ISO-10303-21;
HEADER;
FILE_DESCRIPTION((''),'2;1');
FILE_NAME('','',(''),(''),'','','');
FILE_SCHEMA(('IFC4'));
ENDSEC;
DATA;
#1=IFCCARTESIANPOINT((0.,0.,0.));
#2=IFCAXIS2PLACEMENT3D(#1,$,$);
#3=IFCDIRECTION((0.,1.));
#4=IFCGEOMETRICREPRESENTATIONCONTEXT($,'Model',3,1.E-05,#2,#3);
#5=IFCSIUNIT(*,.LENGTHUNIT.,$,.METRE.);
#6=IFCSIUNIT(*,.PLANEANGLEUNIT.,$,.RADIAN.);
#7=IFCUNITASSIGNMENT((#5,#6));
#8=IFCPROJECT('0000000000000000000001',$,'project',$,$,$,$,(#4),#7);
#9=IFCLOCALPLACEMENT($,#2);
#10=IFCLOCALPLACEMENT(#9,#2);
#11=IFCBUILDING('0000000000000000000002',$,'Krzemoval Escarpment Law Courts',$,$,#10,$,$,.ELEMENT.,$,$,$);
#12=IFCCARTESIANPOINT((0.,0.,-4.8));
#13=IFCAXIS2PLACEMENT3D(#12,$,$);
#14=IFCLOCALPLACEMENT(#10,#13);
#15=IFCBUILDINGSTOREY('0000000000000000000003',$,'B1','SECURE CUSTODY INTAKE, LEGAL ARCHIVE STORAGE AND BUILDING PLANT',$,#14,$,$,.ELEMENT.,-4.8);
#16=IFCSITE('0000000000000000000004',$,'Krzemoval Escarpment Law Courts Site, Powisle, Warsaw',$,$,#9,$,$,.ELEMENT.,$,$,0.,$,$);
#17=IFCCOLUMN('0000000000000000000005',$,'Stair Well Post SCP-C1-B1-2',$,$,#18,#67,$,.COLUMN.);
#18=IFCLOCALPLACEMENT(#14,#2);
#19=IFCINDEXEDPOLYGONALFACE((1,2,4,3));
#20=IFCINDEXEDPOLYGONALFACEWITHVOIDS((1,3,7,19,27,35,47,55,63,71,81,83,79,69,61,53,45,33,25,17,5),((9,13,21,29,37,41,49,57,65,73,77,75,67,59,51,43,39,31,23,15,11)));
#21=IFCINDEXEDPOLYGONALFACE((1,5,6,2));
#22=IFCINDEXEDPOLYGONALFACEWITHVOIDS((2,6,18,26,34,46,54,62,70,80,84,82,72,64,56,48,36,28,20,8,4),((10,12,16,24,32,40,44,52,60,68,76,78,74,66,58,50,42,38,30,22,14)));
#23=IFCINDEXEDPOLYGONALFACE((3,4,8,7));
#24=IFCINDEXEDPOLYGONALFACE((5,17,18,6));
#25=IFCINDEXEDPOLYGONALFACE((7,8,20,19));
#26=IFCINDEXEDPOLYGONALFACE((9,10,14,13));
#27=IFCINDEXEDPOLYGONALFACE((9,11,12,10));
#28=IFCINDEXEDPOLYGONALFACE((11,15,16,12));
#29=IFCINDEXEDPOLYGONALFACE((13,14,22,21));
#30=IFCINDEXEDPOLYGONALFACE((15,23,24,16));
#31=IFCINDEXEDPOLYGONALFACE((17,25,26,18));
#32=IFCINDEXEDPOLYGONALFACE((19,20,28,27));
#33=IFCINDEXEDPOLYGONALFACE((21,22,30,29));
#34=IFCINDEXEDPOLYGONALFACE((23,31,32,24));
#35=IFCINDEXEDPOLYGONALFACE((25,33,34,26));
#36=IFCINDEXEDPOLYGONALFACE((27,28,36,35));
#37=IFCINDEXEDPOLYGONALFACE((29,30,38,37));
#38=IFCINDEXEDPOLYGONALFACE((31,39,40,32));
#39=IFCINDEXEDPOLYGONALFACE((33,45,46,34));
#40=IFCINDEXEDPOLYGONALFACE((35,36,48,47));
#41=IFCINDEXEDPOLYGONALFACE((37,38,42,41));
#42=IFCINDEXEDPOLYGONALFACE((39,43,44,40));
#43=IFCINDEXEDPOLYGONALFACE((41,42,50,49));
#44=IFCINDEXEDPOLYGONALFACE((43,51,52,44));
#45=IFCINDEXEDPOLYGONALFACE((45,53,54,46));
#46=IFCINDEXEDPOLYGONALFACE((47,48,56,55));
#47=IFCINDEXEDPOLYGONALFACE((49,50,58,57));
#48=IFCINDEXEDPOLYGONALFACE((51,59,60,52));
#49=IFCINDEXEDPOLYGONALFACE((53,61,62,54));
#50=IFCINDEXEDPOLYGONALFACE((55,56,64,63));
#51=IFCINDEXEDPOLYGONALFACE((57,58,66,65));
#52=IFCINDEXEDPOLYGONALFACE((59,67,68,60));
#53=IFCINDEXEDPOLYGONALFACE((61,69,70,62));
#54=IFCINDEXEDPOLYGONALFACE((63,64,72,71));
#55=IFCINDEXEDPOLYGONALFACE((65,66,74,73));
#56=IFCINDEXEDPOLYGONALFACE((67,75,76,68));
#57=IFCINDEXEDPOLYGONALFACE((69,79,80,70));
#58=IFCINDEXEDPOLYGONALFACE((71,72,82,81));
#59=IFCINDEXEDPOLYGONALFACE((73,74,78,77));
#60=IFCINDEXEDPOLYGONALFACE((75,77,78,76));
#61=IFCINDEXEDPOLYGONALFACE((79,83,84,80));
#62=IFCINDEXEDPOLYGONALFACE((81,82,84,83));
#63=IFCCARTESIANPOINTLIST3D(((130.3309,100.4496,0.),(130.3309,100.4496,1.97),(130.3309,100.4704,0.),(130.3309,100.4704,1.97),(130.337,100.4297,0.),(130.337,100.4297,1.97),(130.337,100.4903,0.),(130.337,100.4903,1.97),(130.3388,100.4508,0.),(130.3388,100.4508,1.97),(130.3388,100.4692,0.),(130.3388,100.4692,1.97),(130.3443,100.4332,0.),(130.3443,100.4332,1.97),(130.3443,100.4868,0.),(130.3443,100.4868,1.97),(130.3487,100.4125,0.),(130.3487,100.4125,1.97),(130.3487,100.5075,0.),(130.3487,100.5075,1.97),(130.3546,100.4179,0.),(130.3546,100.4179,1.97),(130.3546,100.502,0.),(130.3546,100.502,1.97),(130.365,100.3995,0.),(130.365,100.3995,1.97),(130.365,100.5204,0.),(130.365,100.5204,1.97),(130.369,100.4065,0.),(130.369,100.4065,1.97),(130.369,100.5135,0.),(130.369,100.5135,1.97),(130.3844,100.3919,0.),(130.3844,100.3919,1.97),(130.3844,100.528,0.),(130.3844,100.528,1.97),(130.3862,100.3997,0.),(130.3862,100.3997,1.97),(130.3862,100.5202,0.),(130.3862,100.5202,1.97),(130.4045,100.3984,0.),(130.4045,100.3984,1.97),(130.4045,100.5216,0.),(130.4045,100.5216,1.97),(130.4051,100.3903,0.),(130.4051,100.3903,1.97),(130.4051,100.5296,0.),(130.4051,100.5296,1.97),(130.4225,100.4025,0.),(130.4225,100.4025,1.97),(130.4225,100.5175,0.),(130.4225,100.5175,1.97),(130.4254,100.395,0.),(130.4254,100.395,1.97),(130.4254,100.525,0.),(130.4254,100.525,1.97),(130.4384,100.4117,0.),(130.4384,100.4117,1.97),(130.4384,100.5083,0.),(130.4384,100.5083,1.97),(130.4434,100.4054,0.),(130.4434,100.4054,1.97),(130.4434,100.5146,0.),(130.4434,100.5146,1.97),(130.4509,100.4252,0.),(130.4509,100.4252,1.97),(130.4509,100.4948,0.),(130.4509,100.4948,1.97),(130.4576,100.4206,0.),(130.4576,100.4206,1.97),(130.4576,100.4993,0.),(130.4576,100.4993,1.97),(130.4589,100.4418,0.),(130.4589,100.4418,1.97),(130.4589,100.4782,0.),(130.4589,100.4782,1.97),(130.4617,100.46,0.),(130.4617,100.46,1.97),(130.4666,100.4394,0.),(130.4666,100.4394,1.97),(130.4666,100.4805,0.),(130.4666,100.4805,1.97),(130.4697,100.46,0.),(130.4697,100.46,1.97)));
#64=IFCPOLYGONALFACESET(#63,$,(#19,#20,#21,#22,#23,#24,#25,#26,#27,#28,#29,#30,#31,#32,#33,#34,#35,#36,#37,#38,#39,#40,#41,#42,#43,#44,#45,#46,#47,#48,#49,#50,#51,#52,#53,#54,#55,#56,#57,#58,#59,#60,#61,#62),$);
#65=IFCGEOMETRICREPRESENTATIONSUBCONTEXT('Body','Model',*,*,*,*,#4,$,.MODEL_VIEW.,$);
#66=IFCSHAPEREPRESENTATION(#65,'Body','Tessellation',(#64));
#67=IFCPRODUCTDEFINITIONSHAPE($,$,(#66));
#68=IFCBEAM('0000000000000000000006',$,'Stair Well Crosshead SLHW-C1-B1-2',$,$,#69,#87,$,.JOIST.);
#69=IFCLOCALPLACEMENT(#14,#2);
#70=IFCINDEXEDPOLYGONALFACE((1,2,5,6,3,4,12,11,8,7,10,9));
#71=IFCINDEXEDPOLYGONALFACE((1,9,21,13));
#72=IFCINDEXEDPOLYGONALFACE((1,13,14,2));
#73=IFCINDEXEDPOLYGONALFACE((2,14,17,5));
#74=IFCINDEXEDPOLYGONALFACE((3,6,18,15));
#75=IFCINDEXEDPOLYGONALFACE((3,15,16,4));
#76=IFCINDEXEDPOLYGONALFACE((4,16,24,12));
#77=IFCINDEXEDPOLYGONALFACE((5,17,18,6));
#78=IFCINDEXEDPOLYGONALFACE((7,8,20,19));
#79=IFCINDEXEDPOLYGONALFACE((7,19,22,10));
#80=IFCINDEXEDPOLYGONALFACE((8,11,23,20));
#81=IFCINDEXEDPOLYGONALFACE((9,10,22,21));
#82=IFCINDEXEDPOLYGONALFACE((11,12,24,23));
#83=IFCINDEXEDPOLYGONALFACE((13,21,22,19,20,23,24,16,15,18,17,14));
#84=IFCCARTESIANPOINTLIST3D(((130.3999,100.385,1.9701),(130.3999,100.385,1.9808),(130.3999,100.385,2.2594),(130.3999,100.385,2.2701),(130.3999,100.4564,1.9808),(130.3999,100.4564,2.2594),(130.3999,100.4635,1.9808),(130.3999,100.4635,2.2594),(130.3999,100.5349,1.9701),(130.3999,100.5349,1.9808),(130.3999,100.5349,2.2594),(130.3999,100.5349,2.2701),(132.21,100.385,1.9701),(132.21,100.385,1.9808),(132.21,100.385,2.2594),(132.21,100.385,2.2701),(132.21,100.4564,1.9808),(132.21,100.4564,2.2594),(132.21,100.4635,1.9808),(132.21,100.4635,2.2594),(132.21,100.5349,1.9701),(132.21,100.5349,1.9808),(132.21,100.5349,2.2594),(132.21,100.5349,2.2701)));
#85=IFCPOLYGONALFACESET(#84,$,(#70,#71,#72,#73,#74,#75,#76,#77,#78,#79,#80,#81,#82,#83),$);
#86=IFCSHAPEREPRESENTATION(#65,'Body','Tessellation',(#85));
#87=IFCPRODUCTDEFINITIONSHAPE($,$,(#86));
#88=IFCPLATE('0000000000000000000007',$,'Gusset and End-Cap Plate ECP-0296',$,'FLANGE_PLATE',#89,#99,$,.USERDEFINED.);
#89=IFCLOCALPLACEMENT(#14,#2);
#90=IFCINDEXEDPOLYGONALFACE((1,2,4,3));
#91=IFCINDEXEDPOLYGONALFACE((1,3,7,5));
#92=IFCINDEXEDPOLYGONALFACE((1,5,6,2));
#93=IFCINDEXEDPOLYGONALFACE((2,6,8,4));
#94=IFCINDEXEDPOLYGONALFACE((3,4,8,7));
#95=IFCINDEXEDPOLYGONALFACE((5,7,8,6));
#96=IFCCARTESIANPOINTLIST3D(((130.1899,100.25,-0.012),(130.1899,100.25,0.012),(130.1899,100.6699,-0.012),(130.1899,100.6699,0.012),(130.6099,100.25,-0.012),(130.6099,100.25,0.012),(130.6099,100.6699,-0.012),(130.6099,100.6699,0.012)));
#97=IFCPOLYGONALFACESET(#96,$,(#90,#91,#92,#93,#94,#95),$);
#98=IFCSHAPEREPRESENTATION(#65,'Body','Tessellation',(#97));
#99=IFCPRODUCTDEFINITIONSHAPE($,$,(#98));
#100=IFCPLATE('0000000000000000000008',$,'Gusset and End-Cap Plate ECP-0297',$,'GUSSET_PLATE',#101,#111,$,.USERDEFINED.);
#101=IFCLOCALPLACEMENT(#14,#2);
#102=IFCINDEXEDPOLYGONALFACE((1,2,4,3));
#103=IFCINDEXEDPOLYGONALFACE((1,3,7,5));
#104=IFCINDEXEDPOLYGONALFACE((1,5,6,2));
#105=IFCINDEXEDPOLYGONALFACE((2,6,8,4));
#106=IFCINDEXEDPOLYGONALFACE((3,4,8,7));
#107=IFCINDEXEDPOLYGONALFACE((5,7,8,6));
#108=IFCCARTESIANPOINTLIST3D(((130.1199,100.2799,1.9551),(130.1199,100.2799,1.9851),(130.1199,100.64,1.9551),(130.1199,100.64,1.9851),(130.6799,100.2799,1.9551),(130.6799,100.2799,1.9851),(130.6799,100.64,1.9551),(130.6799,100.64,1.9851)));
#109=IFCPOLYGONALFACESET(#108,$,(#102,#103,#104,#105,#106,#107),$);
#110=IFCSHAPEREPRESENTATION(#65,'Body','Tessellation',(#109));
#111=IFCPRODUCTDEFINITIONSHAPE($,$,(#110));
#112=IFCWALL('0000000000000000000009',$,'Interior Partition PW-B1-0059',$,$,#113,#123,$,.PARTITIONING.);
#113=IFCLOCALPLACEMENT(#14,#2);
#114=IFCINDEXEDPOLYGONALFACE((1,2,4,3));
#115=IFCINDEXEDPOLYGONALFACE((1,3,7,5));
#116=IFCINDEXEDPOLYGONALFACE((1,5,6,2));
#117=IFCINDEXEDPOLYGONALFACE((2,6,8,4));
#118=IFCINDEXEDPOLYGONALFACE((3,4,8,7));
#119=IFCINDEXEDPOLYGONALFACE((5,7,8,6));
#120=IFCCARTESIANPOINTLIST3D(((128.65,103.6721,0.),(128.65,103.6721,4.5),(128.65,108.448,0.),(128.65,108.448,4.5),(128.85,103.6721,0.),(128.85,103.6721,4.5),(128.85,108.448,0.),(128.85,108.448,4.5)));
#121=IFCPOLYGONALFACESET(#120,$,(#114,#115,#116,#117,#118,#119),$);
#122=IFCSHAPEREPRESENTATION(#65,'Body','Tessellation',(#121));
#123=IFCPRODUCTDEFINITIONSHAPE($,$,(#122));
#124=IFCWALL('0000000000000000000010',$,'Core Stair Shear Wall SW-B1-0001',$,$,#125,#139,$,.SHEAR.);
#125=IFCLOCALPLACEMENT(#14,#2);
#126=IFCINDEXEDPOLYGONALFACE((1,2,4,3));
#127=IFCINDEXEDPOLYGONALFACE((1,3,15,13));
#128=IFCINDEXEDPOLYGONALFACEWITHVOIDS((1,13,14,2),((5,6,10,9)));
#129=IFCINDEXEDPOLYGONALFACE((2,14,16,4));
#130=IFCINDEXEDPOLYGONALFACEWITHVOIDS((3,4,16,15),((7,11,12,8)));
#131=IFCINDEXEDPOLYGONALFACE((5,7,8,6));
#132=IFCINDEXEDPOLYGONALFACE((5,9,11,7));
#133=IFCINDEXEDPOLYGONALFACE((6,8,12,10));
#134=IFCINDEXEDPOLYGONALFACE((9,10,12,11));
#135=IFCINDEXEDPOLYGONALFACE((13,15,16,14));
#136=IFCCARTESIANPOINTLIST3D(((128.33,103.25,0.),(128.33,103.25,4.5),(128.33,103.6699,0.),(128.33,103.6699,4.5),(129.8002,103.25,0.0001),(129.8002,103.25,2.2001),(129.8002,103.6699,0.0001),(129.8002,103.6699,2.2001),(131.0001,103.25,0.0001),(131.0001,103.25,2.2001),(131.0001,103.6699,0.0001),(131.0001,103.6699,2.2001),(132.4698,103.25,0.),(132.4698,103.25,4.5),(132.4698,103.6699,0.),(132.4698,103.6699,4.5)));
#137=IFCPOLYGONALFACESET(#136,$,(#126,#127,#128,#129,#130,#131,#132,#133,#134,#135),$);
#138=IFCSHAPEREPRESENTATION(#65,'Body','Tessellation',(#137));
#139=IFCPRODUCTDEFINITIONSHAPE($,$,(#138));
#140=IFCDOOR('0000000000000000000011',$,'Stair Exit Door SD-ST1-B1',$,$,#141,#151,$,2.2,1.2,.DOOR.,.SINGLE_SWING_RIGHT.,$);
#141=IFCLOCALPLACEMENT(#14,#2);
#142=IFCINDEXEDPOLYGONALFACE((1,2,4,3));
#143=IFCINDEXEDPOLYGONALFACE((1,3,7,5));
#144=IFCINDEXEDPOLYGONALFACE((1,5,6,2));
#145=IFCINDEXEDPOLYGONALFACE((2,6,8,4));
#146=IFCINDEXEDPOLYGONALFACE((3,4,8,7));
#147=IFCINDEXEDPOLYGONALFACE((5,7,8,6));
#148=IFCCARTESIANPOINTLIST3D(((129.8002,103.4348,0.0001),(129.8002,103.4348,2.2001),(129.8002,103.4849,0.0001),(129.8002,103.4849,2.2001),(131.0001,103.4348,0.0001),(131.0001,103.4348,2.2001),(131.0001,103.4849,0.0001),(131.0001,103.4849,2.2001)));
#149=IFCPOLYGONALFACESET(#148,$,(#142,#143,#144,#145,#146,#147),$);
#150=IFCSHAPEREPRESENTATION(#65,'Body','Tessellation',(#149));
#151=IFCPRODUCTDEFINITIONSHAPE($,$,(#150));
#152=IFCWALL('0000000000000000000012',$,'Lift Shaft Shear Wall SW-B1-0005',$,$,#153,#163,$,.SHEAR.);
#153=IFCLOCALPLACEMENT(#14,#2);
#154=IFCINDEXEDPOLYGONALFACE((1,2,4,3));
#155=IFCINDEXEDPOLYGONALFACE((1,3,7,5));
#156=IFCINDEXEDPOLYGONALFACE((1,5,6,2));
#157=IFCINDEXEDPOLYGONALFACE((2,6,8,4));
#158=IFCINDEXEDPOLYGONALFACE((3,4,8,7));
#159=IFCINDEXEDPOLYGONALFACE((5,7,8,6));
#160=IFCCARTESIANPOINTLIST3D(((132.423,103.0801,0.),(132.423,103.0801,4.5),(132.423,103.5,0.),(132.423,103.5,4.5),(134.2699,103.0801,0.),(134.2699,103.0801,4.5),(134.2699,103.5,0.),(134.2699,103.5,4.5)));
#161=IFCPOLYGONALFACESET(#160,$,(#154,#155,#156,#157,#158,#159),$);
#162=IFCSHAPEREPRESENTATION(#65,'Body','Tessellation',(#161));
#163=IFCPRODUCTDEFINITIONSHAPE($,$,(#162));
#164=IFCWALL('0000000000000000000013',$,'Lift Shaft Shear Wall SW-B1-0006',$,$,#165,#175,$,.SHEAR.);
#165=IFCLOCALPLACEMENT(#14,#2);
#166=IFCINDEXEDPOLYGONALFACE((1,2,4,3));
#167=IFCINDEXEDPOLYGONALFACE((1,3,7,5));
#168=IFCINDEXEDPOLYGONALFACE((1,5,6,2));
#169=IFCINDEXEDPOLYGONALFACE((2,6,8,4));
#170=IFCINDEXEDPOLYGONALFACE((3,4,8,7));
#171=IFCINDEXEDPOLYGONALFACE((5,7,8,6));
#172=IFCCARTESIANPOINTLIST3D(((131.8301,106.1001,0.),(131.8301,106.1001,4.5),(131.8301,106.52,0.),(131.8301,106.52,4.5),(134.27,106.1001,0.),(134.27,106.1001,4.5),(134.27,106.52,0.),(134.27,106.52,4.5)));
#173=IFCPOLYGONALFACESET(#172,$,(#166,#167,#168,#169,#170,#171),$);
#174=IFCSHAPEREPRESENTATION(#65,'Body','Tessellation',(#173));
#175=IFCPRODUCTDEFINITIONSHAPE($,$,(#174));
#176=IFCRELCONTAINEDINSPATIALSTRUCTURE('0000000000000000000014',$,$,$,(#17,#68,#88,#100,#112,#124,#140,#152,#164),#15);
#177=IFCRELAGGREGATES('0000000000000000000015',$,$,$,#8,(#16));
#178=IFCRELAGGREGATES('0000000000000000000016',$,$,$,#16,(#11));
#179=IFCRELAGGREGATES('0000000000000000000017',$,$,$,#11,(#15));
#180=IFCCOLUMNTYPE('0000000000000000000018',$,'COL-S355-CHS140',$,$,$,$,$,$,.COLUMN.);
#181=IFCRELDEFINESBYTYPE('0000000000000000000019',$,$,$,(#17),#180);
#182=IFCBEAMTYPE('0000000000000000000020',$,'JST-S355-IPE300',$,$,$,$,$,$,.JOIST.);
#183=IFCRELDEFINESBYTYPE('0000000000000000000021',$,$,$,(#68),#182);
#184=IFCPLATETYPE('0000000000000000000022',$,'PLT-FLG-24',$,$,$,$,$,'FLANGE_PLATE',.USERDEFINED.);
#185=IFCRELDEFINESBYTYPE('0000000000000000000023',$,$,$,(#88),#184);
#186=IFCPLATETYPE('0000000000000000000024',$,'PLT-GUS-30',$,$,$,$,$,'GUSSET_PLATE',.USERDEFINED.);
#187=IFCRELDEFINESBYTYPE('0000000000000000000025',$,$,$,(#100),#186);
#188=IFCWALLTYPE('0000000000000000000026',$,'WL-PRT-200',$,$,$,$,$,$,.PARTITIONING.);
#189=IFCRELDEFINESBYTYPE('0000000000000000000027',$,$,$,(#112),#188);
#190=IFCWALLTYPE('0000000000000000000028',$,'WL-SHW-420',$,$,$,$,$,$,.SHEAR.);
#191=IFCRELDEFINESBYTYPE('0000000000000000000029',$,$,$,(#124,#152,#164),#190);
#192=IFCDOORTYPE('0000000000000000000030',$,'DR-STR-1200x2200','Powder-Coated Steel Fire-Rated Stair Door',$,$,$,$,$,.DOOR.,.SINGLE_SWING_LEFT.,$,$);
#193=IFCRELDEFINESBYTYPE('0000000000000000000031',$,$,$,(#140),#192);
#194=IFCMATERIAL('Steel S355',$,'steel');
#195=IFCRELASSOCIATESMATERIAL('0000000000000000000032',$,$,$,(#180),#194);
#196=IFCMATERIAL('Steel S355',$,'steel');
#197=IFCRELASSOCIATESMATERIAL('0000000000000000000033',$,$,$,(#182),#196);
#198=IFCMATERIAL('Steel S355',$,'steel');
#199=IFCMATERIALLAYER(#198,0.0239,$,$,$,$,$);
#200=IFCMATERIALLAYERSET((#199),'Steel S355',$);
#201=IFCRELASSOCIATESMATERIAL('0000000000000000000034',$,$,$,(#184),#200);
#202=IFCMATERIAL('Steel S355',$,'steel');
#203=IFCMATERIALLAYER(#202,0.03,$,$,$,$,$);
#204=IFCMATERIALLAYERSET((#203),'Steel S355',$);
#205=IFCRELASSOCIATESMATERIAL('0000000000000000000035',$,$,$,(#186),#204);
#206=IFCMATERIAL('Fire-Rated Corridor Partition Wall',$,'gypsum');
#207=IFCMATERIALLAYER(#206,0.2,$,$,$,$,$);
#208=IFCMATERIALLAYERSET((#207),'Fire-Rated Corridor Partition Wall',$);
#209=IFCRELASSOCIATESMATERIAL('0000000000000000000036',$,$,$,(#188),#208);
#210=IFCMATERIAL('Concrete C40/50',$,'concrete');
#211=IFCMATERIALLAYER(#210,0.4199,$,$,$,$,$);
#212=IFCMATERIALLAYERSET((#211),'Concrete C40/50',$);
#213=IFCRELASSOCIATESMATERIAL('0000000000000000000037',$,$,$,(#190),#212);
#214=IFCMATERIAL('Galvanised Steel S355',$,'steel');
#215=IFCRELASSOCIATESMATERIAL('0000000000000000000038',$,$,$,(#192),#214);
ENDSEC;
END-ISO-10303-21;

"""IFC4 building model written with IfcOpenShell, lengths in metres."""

from ifc_helpers import new_model, si_unit, direction, frame, frame_2d, origin, origin_2d, place, context, subcontext, project, spatial, rectangle, hollow_circle, i_section, extrude, material, layer, layer_set, material_profile, profile_set, type_object, element, fill, save


model = new_model("IFC4")

# Units and contexts
model_context = context("Model", 3, precision=1e-05, world=origin(), true_north=direction((0.0, 1.0)))
body_context = subcontext(model_context, "Body", "Model", "MODEL_VIEW")
ifc_project = project(units=[si_unit("LENGTHUNIT", "METRE"), si_unit("PLANEANGLEUNIT", "RADIAN")], contexts=[model_context])

# Site, building, storey
site_placement = place(None, origin())
site = spatial("IfcSite", under=ifc_project, at=site_placement, Name="Krzemoval Escarpment Law Courts Site, Powisle, Warsaw", CompositionType="ELEMENT", RefElevation=0.0)
building_placement = place(site_placement, origin())
building = spatial("IfcBuilding", under=site, at=building_placement, Name="Krzemoval Escarpment Law Courts", CompositionType="ELEMENT")
storey_placement = place(building_placement, frame((0.0, 0.0, -4.8)))
storey = spatial("IfcBuildingStorey", under=building, at=storey_placement, Name="B1", Description="SECURE CUSTODY INTAKE, LEGAL ARCHIVE STORAGE AND BUILDING PLANT", CompositionType="ELEMENT", Elevation=-4.8)

# Column
ifc_material_1 = material(Name="Steel S355", Category="steel")
ifc_material_profile_1 = material_profile(ifc_material_1, hollow_circle(Radius=0.0698, WallThickness=0.0081, at=origin_2d()), Name="CHS 139.7x8")
ifc_profile_set_1 = profile_set([ifc_material_profile_1], Name="Steel S355")
column_type = type_object("IfcColumnType", Name="COL-S355-CHS140", PredefinedType="COLUMN", material=ifc_profile_set_1)
column_placement = place(storey_placement, frame((130.3999, 100.46, 0.0), z_axis=(0.0, 0.0, 1.0), x_axis=(1.0, 0.0, 0.0)))
element("IfcColumn", 1, at=column_placement, inside=storey, type_object=column_type, Name="Stair Well Post SCP-C1-B1-2", PredefinedType="COLUMN", context=body_context, shape_type="SweptSolid", body=[
    extrude(hollow_circle(Radius=0.0698, WallThickness=0.0081, at=origin_2d()), origin(), (0.0, 0.0, 1.0), 1.97),
])

# Beam
ifc_material_2 = material(Name="Steel S355", Category="steel")
ifc_material_profile_2 = material_profile(ifc_material_2, i_section(OverallWidth=0.1499, OverallDepth=0.3, WebThickness=0.0071, FlangeThickness=0.0107, at=origin_2d()), Name="IPE 300")
ifc_profile_set_2 = profile_set([ifc_material_profile_2], Name="Steel S355")
beam_type = type_object("IfcBeamType", Name="JST-S355-IPE300", PredefinedType="JOIST", material=ifc_profile_set_2)
beam_placement = place(storey_placement, frame((130.3999, 100.46, 2.1201), z_axis=(1.0, 0.0, 0.0), x_axis=(0.0, 1.0, 0.0)))
element("IfcBeam", 2, at=beam_placement, inside=storey, type_object=beam_type, Name="Stair Well Crosshead SLHW-C1-B1-2", PredefinedType="JOIST", context=body_context, shape_type="SweptSolid", body=[
    extrude(i_section(OverallWidth=0.1499, OverallDepth=0.3, WebThickness=0.0071, FlangeThickness=0.0107, at=origin_2d()), origin(), (0.0, 0.0, 1.0), 1.8101),
])

# Plates
ifc_material_3 = material(Name="Steel S355", Category="steel")
ifc_layer_1 = layer(ifc_material_3, 0.0239)
ifc_layer_set_1 = layer_set([ifc_layer_1], Name="Steel S355")
plate_type_1 = type_object("IfcPlateType", Name="PLT-FLG-24", ElementType="FLANGE_PLATE", PredefinedType="USERDEFINED", material=ifc_layer_set_1)
plate_1_placement = place(storey_placement, frame((130.3999, 100.46, -0.012), z_axis=(0.0, 0.0, 1.0), x_axis=(1.0, 0.0, 0.0)))
element("IfcPlate", 3, at=plate_1_placement, inside=storey, type_object=plate_type_1, Name="Gusset and End-Cap Plate ECP-0296", ObjectType="FLANGE_PLATE", PredefinedType="USERDEFINED", context=body_context, shape_type="SweptSolid", body=[
    extrude(rectangle(XDim=0.4199, YDim=0.4199, at=origin_2d()), origin(), (0.0, 0.0, 1.0), 0.0239),
])
ifc_material_4 = material(Name="Steel S355", Category="steel")
ifc_layer_2 = layer(ifc_material_4, 0.03)
ifc_layer_set_2 = layer_set([ifc_layer_2], Name="Steel S355")
plate_type_2 = type_object("IfcPlateType", Name="PLT-GUS-30", ElementType="GUSSET_PLATE", PredefinedType="USERDEFINED", material=ifc_layer_set_2)
plate_2_placement = place(storey_placement, frame((130.3999, 100.46, 1.9551), z_axis=(0.0, 0.0, 1.0), x_axis=(1.0, 0.0, 0.0)))
element("IfcPlate", 4, at=plate_2_placement, inside=storey, type_object=plate_type_2, Name="Gusset and End-Cap Plate ECP-0297", ObjectType="GUSSET_PLATE", PredefinedType="USERDEFINED", context=body_context, shape_type="SweptSolid", body=[
    extrude(rectangle(XDim=0.5601, YDim=0.3601, at=origin_2d()), origin(), (0.0, 0.0, 1.0), 0.03),
])

# Wall
ifc_material_5 = material(Name="Fire-Rated Corridor Partition Wall", Category="gypsum")
ifc_layer_3 = layer(ifc_material_5, 0.2)
ifc_layer_set_3 = layer_set([ifc_layer_3], Name="Fire-Rated Corridor Partition Wall")
wall_type_1 = type_object("IfcWallType", Name="WL-PRT-200", PredefinedType="PARTITIONING", material=ifc_layer_set_3)
wall_1_placement = place(storey_placement, frame((128.75, 103.6721, 0.0), z_axis=(0.0, 0.0, 1.0), x_axis=(0.0, 1.0, 0.0)))
element("IfcWall", 5, at=wall_1_placement, inside=storey, type_object=wall_type_1, Name="Interior Partition PW-B1-0059", PredefinedType="PARTITIONING", context=body_context, shape_type="SweptSolid", body=[
    extrude(rectangle(XDim=4.7759, YDim=0.2, at=frame_2d((2.3879, 0.0))), origin(), (0.0, 0.0, 1.0), 4.5),
])

# Wall, opening, door
ifc_material_6 = material(Name="Concrete C40/50", Category="concrete")
ifc_layer_4 = layer(ifc_material_6, 0.4199)
ifc_layer_set_4 = layer_set([ifc_layer_4], Name="Concrete C40/50")
wall_type_2 = type_object("IfcWallType", Name="WL-SHW-420", PredefinedType="SHEAR", material=ifc_layer_set_4)
wall_2_placement = place(storey_placement, frame((128.3301, 103.46, 0.0), z_axis=(0.0, 0.0, 1.0), x_axis=(1.0, 0.0, 0.0)))
wall_2 = element("IfcWall", 6, at=wall_2_placement, inside=storey, type_object=wall_type_2, Name="Core Stair Shear Wall SW-B1-0001", PredefinedType="SHEAR", context=body_context, shape_type="SweptSolid", body=[
    extrude(rectangle(XDim=4.1399, YDim=0.4199, at=frame_2d((2.0698, 0.0))), origin(), (0.0, 0.0, 1.0), 4.5),
])
opening_1_placement = place(wall_2_placement, frame((1.47, 0.0, 0.0)))
opening_1 = element("IfcOpeningElement", 7, at=opening_1_placement, cuts=wall_2, PredefinedType="OPENING", context=body_context, shape_type="SweptSolid", body=[
    extrude(rectangle(XDim=1.2, YDim=2.2, at=frame_2d((0.6001, 1.1001))), frame((0.0, 0.225, 0.0), z_axis=(0.0, -1.0, 0.0), x_axis=(1.0, 0.0, 0.0)), (0.0, 0.0, 1.0), 0.4499),
])
ifc_material_7 = material(Name="Galvanised Steel S355", Category="steel")
door_type_1 = type_object("IfcDoorType", Name="DR-STR-1200x2200", Description="Powder-Coated Steel Fire-Rated Stair Door", OperationType="SINGLE_SWING_LEFT", PredefinedType="DOOR", material=ifc_material_7)
door_1_placement = place(opening_1_placement, origin())
door_1 = element("IfcDoor", 8, at=door_1_placement, inside=storey, type_object=door_type_1, Name="Stair Exit Door SD-ST1-B1", OperationType="SINGLE_SWING_RIGHT", OverallHeight=2.2, OverallWidth=1.2, PredefinedType="DOOR", context=body_context, shape_type="SweptSolid", body=[
    extrude(rectangle(XDim=1.2, YDim=2.2, at=frame_2d((0.6001, 1.1001))), frame((0.0, 0.0249, 0.0), z_axis=(0.0, -1.0, 0.0), x_axis=(1.0, 0.0, 0.0)), (0.0, 0.0, 1.0), 0.05),
])
fill(opening_1, door_1)

# Walls
wall_3_placement = place(storey_placement, frame((132.4231, 103.29, 0.0), z_axis=(0.0, 0.0, 1.0), x_axis=(1.0, 0.0, 0.0)))
element("IfcWall", 9, at=wall_3_placement, inside=storey, type_object=wall_type_2, Name="Lift Shaft Shear Wall SW-B1-0005", PredefinedType="SHEAR", context=body_context, shape_type="SweptSolid", body=[
    extrude(rectangle(XDim=1.8469, YDim=0.4199, at=frame_2d((0.9233, 0.0))), origin(), (0.0, 0.0, 1.0), 4.5),
])
wall_4_placement = place(storey_placement, frame((131.8301, 106.3101, 0.0), z_axis=(0.0, 0.0, 1.0), x_axis=(1.0, 0.0, 0.0)))
element("IfcWall", 10, at=wall_4_placement, inside=storey, type_object=wall_type_2, Name="Lift Shaft Shear Wall SW-B1-0006", PredefinedType="SHEAR", context=body_context, shape_type="SweptSolid", body=[
    extrude(rectangle(XDim=2.4399, YDim=0.4199, at=frame_2d((1.22, 0.0))), origin(), (0.0, 0.0, 1.0), 4.5),
])

save(model, "model.ifc")
